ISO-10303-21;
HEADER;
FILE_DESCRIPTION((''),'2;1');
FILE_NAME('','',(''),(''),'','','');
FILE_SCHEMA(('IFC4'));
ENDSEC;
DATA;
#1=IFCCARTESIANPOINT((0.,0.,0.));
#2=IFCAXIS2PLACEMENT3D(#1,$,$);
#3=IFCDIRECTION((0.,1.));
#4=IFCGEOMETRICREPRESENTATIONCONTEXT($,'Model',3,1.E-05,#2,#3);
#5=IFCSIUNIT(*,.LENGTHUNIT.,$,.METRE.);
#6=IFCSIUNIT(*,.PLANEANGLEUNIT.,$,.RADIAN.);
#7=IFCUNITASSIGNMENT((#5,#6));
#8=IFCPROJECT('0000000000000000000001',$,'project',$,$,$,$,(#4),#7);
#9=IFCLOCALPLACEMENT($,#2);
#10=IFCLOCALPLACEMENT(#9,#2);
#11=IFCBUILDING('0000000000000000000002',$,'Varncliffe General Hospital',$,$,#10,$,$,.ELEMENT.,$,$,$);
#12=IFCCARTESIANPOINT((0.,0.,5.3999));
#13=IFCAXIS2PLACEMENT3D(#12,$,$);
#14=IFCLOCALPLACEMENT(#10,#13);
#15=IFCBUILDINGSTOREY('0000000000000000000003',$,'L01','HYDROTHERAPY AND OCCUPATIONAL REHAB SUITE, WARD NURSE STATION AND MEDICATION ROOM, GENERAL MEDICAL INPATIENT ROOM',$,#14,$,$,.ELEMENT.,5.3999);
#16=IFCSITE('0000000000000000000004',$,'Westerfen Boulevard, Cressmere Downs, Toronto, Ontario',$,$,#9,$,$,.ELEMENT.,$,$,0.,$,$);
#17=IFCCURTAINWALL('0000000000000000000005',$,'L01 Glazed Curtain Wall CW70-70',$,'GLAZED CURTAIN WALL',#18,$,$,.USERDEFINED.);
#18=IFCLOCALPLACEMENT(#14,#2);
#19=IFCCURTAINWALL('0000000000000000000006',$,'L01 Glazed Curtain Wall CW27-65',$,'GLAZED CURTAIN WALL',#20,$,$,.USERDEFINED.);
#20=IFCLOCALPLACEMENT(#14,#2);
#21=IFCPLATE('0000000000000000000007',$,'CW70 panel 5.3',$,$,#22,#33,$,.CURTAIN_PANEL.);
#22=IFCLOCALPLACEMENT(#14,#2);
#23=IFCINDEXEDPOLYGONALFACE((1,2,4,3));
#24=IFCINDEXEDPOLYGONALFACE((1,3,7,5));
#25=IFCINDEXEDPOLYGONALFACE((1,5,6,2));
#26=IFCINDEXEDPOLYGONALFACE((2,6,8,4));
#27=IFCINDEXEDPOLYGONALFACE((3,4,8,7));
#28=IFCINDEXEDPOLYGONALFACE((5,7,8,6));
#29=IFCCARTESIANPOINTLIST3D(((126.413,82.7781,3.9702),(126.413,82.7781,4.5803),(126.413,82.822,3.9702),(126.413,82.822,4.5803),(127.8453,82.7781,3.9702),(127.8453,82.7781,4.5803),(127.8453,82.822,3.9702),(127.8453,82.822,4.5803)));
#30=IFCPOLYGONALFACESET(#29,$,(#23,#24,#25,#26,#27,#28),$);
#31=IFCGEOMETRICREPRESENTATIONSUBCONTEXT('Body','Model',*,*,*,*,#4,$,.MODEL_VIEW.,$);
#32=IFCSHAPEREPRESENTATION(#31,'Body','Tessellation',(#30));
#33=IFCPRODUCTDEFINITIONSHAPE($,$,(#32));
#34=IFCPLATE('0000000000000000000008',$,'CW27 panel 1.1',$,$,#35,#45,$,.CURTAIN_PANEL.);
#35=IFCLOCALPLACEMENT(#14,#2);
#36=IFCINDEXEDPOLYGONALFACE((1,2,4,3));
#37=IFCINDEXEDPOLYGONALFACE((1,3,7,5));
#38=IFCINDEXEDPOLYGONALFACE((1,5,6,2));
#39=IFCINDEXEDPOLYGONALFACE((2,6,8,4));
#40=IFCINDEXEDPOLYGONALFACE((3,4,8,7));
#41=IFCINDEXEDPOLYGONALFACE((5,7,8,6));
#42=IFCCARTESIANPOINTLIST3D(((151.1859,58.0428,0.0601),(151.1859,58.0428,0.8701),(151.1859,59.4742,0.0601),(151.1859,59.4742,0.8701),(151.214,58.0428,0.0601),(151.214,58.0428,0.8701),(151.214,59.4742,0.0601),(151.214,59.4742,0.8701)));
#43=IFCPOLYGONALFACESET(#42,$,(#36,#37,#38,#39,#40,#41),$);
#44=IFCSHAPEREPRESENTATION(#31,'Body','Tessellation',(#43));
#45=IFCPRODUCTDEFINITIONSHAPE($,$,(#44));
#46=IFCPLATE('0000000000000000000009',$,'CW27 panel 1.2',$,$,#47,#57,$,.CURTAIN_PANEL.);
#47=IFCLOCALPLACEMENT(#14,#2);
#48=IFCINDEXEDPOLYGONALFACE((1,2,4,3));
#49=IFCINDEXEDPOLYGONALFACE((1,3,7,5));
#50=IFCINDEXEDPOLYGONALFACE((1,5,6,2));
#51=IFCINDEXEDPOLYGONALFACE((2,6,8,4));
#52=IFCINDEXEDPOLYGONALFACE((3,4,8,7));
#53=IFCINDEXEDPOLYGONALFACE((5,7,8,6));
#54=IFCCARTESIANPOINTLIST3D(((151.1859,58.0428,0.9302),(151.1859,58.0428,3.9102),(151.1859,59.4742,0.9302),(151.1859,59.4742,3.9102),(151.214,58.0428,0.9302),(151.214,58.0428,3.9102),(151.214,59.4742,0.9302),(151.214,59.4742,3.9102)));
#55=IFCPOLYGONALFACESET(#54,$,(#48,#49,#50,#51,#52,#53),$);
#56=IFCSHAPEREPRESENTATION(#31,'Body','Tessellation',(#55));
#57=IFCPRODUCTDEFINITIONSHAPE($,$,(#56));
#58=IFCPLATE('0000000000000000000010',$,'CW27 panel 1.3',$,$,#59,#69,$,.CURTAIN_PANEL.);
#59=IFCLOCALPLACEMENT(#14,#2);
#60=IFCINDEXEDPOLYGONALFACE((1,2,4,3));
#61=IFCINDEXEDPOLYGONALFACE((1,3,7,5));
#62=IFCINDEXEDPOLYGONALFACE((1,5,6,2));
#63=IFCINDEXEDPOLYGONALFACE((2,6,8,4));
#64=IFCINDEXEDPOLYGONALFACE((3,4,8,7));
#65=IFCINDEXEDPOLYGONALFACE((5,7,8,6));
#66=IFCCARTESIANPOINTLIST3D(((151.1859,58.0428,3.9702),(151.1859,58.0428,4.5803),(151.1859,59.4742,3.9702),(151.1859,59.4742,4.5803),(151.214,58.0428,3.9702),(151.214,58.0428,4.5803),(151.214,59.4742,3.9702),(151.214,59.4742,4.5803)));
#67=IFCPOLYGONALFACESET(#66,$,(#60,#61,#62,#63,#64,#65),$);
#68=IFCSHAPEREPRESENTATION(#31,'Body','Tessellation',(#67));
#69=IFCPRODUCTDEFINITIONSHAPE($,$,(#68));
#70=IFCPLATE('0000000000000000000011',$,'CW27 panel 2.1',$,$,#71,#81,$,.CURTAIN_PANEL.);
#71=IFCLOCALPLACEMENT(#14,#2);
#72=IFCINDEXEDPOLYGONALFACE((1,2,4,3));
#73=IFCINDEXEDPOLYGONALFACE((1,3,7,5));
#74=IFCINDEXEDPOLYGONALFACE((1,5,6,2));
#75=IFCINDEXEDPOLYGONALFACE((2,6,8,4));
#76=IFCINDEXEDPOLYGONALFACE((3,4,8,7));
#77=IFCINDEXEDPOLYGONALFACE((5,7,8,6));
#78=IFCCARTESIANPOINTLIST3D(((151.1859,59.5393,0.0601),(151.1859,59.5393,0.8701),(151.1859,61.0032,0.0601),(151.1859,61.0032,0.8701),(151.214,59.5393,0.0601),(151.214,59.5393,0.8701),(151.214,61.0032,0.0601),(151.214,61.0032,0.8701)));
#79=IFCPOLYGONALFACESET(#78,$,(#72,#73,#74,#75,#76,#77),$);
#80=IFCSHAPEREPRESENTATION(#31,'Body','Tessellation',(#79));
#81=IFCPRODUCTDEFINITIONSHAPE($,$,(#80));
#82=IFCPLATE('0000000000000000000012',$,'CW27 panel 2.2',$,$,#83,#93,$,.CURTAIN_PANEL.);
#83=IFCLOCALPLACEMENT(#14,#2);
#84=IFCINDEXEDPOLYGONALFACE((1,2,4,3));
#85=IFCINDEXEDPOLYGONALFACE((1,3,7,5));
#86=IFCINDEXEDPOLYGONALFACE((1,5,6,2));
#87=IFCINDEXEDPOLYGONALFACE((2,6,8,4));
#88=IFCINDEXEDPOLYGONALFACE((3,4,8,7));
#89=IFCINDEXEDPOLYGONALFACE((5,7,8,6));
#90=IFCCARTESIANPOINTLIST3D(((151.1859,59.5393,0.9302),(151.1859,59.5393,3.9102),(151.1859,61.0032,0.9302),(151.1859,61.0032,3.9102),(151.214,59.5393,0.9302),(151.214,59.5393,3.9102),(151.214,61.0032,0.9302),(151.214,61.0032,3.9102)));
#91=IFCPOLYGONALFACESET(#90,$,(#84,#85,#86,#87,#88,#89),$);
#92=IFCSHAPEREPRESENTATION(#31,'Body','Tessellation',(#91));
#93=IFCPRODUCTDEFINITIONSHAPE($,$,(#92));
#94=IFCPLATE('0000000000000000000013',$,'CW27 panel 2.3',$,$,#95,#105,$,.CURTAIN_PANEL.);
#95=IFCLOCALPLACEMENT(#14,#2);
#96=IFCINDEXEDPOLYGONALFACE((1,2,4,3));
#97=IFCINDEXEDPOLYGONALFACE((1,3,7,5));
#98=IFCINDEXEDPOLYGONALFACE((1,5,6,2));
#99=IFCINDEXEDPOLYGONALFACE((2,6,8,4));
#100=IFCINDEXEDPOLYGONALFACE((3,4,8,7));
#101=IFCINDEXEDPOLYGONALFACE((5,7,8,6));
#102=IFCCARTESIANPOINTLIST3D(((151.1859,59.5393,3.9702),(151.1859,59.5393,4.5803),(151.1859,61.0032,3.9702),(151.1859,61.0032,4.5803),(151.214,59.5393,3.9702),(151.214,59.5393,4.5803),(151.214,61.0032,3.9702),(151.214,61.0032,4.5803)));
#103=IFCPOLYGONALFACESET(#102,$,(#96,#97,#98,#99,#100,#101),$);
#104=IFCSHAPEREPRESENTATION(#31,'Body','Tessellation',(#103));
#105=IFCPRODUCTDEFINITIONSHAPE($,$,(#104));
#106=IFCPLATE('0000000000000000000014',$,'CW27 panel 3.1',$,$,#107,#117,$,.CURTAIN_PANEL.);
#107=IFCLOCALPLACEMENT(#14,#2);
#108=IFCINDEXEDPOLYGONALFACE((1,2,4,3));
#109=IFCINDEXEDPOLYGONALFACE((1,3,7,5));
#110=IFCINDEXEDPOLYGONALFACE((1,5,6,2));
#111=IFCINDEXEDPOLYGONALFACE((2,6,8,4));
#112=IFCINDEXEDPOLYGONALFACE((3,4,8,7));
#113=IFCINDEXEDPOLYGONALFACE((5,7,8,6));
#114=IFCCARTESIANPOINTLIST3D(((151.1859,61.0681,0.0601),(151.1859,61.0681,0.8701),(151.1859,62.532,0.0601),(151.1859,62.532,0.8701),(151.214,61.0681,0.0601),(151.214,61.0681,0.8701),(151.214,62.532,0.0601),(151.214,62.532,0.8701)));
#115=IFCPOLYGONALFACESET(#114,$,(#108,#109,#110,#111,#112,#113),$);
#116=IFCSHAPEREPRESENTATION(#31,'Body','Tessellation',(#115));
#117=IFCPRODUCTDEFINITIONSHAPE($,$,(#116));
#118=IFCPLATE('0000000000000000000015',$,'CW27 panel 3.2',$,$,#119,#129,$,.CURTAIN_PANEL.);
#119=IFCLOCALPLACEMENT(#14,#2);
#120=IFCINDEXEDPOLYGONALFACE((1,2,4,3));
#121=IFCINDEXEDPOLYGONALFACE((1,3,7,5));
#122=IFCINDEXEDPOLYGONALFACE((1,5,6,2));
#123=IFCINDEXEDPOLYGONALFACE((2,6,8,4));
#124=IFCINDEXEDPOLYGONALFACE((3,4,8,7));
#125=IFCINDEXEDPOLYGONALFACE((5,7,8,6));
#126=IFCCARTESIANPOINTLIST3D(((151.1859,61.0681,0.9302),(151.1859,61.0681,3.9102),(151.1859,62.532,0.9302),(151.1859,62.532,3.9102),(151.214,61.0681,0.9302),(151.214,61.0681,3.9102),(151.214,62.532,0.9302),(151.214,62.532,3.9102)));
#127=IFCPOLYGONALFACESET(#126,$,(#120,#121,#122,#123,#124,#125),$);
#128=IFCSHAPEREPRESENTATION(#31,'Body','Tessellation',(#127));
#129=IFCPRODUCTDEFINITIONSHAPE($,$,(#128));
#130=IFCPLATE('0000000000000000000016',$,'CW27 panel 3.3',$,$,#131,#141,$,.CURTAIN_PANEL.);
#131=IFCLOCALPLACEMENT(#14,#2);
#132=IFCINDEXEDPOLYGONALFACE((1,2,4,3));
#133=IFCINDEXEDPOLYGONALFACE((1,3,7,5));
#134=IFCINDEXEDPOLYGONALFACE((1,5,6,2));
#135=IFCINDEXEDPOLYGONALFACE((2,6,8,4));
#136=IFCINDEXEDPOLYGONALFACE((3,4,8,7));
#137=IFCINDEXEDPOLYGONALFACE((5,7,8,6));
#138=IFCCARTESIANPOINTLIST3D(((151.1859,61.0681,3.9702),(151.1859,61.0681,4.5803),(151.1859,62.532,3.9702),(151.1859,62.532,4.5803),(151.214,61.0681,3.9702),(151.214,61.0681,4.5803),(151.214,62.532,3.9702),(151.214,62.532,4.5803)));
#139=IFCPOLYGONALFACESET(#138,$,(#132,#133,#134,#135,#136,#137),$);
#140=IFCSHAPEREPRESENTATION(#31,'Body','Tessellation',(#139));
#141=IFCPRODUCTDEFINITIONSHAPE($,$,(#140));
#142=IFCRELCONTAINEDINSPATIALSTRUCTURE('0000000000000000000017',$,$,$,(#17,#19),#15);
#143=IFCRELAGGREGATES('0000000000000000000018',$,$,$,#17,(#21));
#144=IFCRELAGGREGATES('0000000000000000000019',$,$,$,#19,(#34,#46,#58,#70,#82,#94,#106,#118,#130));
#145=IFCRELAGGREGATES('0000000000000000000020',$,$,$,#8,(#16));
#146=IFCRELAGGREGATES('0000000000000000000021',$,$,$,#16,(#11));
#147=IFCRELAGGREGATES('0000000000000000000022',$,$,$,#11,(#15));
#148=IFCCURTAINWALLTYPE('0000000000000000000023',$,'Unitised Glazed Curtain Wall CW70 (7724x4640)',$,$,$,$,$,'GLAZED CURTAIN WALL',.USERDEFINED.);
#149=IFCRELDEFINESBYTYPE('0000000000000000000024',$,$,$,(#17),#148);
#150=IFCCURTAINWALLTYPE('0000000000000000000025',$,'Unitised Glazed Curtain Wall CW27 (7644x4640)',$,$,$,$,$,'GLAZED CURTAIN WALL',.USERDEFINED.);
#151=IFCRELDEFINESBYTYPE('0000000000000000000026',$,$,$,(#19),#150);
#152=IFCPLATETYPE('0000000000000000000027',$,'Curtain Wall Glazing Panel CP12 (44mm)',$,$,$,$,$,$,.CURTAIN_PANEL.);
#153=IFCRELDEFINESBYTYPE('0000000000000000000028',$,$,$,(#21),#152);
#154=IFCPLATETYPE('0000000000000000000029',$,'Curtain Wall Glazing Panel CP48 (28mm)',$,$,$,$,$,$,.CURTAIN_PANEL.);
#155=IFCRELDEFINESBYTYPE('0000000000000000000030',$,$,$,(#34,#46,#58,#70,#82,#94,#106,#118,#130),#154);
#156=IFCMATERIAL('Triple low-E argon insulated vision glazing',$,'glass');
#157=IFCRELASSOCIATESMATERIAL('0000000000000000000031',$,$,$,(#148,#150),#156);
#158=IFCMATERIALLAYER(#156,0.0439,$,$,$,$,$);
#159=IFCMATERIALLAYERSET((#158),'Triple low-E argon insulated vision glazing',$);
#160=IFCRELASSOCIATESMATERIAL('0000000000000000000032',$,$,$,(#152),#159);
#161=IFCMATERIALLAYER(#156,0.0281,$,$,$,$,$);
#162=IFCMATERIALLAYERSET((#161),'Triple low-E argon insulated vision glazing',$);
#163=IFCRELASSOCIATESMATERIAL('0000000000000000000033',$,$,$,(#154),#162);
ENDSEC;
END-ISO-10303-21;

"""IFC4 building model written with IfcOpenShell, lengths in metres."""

from ifc_helpers import new_model, si_unit, direction, frame, origin, origin_2d, place, context, subcontext, project, spatial, rectangle, extrude, material, layer, layer_set, type_object, element, aggregate, save


model = new_model("IFC4")

# Units and contexts
model_context = context("Model", 3, precision=1e-05, world=origin(), true_north=direction((0.0, 1.0)))
body_context = subcontext(model_context, "Body", "Model", "MODEL_VIEW")
ifc_project = project(units=[si_unit("LENGTHUNIT", "METRE"), si_unit("PLANEANGLEUNIT", "RADIAN")], contexts=[model_context])

# Site, building, storey
site_placement = place(None, origin())
site = spatial("IfcSite", under=ifc_project, at=site_placement, Name="Westerfen Boulevard, Cressmere Downs, Toronto, Ontario", CompositionType="ELEMENT", RefElevation=0.0)
building_placement = place(site_placement, origin())
building = spatial("IfcBuilding", under=site, at=building_placement, Name="Varncliffe General Hospital", CompositionType="ELEMENT")
storey_placement = place(building_placement, frame((0.0, 0.0, 5.3999)))
storey = spatial("IfcBuildingStorey", under=building, at=storey_placement, Name="L01", Description="HYDROTHERAPY AND OCCUPATIONAL REHAB SUITE, WARD NURSE STATION AND MEDICATION ROOM, GENERAL MEDICAL INPATIENT ROOM", CompositionType="ELEMENT", Elevation=5.3999)

# Curtain wall
ifc_material_1 = material(Name="Triple low-E argon insulated vision glazing", Category="glass")
curtain_wall_type_1 = type_object("IfcCurtainWallType", Name="Unitised Glazed Curtain Wall CW70 (7724x4640)", ElementType="GLAZED CURTAIN WALL", PredefinedType="USERDEFINED", material=ifc_material_1)
curtain_wall_1_placement = place(storey_placement, origin())
curtain_wall_1 = element("IfcCurtainWall", 1, at=curtain_wall_1_placement, inside=storey, type_object=curtain_wall_type_1, Name="L01 Glazed Curtain Wall CW70-70", ObjectType="GLAZED CURTAIN WALL", PredefinedType="USERDEFINED")

# Curtain wall
curtain_wall_type_2 = type_object("IfcCurtainWallType", Name="Unitised Glazed Curtain Wall CW27 (7644x4640)", ElementType="GLAZED CURTAIN WALL", PredefinedType="USERDEFINED", material=ifc_material_1)
curtain_wall_2_placement = place(storey_placement, origin())
curtain_wall_2 = element("IfcCurtainWall", 2, at=curtain_wall_2_placement, inside=storey, type_object=curtain_wall_type_2, Name="L01 Glazed Curtain Wall CW27-65", ObjectType="GLAZED CURTAIN WALL", PredefinedType="USERDEFINED")

# Plates
ifc_layer_1 = layer(ifc_material_1, 0.0439)
ifc_layer_set_1 = layer_set([ifc_layer_1], Name="Triple low-E argon insulated vision glazing")
plate_type_1 = type_object("IfcPlateType", Name="Curtain Wall Glazing Panel CP12 (44mm)", PredefinedType="CURTAIN_PANEL", material=ifc_layer_set_1)
plate_1_placement = place(storey_placement, frame((127.1292, 82.8, 3.9702), z_axis=(0.0, 0.0, 1.0), x_axis=(-1.0, 0.0, 0.0)))
plate_1 = element("IfcPlate", 3, at=plate_1_placement, type_object=plate_type_1, Name="CW70 panel 5.3", PredefinedType="CURTAIN_PANEL", context=body_context, shape_type="SweptSolid", body=[
    extrude(rectangle(XDim=1.4324, YDim=0.0439, at=origin_2d()), origin(), (0.0, 0.0, 1.0), 0.6101),
])
aggregate(curtain_wall_1, [plate_1])
ifc_layer_2 = layer(ifc_material_1, 0.0281)
ifc_layer_set_2 = layer_set([ifc_layer_2], Name="Triple low-E argon insulated vision glazing")
plate_type_2 = type_object("IfcPlateType", Name="Curtain Wall Glazing Panel CP48 (28mm)", PredefinedType="CURTAIN_PANEL", material=ifc_layer_set_2)
plate_2_placement = place(storey_placement, frame((151.2, 58.7585, 0.0601), z_axis=(0.0, 0.0, 1.0), x_axis=(0.0, 1.0, 0.0)))
plate_2 = element("IfcPlate", 4, at=plate_2_placement, type_object=plate_type_2, Name="CW27 panel 1.1", PredefinedType="CURTAIN_PANEL", context=body_context, shape_type="SweptSolid", body=[
    extrude(rectangle(XDim=1.4314, YDim=0.0281, at=origin_2d()), origin(), (0.0, 0.0, 1.0), 0.8101),
])
plate_3_placement = place(storey_placement, frame((151.2, 58.7585, 0.9302), z_axis=(0.0, 0.0, 1.0), x_axis=(0.0, 1.0, 0.0)))
plate_3 = element("IfcPlate", 5, at=plate_3_placement, type_object=plate_type_2, Name="CW27 panel 1.2", PredefinedType="CURTAIN_PANEL", context=body_context, shape_type="SweptSolid", body=[
    extrude(rectangle(XDim=1.4314, YDim=0.0281, at=origin_2d()), origin(), (0.0, 0.0, 1.0), 2.98),
])
plate_4_placement = place(storey_placement, frame((151.2, 58.7585, 3.9702), z_axis=(0.0, 0.0, 1.0), x_axis=(0.0, 1.0, 0.0)))
plate_4 = element("IfcPlate", 6, at=plate_4_placement, type_object=plate_type_2, Name="CW27 panel 1.3", PredefinedType="CURTAIN_PANEL", context=body_context, shape_type="SweptSolid", body=[
    extrude(rectangle(XDim=1.4314, YDim=0.0281, at=origin_2d()), origin(), (0.0, 0.0, 1.0), 0.6101),
])
plate_5_placement = place(storey_placement, frame((151.2, 60.2712, 0.0601), z_axis=(0.0, 0.0, 1.0), x_axis=(0.0, 1.0, 0.0)))
plate_5 = element("IfcPlate", 7, at=plate_5_placement, type_object=plate_type_2, Name="CW27 panel 2.1", PredefinedType="CURTAIN_PANEL", context=body_context, shape_type="SweptSolid", body=[
    extrude(rectangle(XDim=1.4639, YDim=0.0281, at=origin_2d()), origin(), (0.0, 0.0, 1.0), 0.8101),
])
plate_6_placement = place(storey_placement, frame((151.2, 60.2712, 0.9302), z_axis=(0.0, 0.0, 1.0), x_axis=(0.0, 1.0, 0.0)))
plate_6 = element("IfcPlate", 8, at=plate_6_placement, type_object=plate_type_2, Name="CW27 panel 2.2", PredefinedType="CURTAIN_PANEL", context=body_context, shape_type="SweptSolid", body=[
    extrude(rectangle(XDim=1.4639, YDim=0.0281, at=origin_2d()), origin(), (0.0, 0.0, 1.0), 2.98),
])
plate_7_placement = place(storey_placement, frame((151.2, 60.2712, 3.9702), z_axis=(0.0, 0.0, 1.0), x_axis=(0.0, 1.0, 0.0)))
plate_7 = element("IfcPlate", 9, at=plate_7_placement, type_object=plate_type_2, Name="CW27 panel 2.3", PredefinedType="CURTAIN_PANEL", context=body_context, shape_type="SweptSolid", body=[
    extrude(rectangle(XDim=1.4639, YDim=0.0281, at=origin_2d()), origin(), (0.0, 0.0, 1.0), 0.6101),
])
plate_8_placement = place(storey_placement, frame((151.2, 61.8, 0.0601), z_axis=(0.0, 0.0, 1.0), x_axis=(0.0, 1.0, 0.0)))
plate_8 = element("IfcPlate", 10, at=plate_8_placement, type_object=plate_type_2, Name="CW27 panel 3.1", PredefinedType="CURTAIN_PANEL", context=body_context, shape_type="SweptSolid", body=[
    extrude(rectangle(XDim=1.4639, YDim=0.0281, at=origin_2d()), origin(), (0.0, 0.0, 1.0), 0.8101),
])
plate_9_placement = place(storey_placement, frame((151.2, 61.8, 0.9302), z_axis=(0.0, 0.0, 1.0), x_axis=(0.0, 1.0, 0.0)))
plate_9 = element("IfcPlate", 11, at=plate_9_placement, type_object=plate_type_2, Name="CW27 panel 3.2", PredefinedType="CURTAIN_PANEL", context=body_context, shape_type="SweptSolid", body=[
    extrude(rectangle(XDim=1.4639, YDim=0.0281, at=origin_2d()), origin(), (0.0, 0.0, 1.0), 2.98),
])
plate_10_placement = place(storey_placement, frame((151.2, 61.8, 3.9702), z_axis=(0.0, 0.0, 1.0), x_axis=(0.0, 1.0, 0.0)))
plate_10 = element("IfcPlate", 12, at=plate_10_placement, type_object=plate_type_2, Name="CW27 panel 3.3", PredefinedType="CURTAIN_PANEL", context=body_context, shape_type="SweptSolid", body=[
    extrude(rectangle(XDim=1.4639, YDim=0.0281, at=origin_2d()), origin(), (0.0, 0.0, 1.0), 0.6101),
])
aggregate(curtain_wall_2, [plate_2, plate_3, plate_4, plate_5, plate_6, plate_7, plate_8, plate_9, plate_10])

save(model, "model.ifc")
